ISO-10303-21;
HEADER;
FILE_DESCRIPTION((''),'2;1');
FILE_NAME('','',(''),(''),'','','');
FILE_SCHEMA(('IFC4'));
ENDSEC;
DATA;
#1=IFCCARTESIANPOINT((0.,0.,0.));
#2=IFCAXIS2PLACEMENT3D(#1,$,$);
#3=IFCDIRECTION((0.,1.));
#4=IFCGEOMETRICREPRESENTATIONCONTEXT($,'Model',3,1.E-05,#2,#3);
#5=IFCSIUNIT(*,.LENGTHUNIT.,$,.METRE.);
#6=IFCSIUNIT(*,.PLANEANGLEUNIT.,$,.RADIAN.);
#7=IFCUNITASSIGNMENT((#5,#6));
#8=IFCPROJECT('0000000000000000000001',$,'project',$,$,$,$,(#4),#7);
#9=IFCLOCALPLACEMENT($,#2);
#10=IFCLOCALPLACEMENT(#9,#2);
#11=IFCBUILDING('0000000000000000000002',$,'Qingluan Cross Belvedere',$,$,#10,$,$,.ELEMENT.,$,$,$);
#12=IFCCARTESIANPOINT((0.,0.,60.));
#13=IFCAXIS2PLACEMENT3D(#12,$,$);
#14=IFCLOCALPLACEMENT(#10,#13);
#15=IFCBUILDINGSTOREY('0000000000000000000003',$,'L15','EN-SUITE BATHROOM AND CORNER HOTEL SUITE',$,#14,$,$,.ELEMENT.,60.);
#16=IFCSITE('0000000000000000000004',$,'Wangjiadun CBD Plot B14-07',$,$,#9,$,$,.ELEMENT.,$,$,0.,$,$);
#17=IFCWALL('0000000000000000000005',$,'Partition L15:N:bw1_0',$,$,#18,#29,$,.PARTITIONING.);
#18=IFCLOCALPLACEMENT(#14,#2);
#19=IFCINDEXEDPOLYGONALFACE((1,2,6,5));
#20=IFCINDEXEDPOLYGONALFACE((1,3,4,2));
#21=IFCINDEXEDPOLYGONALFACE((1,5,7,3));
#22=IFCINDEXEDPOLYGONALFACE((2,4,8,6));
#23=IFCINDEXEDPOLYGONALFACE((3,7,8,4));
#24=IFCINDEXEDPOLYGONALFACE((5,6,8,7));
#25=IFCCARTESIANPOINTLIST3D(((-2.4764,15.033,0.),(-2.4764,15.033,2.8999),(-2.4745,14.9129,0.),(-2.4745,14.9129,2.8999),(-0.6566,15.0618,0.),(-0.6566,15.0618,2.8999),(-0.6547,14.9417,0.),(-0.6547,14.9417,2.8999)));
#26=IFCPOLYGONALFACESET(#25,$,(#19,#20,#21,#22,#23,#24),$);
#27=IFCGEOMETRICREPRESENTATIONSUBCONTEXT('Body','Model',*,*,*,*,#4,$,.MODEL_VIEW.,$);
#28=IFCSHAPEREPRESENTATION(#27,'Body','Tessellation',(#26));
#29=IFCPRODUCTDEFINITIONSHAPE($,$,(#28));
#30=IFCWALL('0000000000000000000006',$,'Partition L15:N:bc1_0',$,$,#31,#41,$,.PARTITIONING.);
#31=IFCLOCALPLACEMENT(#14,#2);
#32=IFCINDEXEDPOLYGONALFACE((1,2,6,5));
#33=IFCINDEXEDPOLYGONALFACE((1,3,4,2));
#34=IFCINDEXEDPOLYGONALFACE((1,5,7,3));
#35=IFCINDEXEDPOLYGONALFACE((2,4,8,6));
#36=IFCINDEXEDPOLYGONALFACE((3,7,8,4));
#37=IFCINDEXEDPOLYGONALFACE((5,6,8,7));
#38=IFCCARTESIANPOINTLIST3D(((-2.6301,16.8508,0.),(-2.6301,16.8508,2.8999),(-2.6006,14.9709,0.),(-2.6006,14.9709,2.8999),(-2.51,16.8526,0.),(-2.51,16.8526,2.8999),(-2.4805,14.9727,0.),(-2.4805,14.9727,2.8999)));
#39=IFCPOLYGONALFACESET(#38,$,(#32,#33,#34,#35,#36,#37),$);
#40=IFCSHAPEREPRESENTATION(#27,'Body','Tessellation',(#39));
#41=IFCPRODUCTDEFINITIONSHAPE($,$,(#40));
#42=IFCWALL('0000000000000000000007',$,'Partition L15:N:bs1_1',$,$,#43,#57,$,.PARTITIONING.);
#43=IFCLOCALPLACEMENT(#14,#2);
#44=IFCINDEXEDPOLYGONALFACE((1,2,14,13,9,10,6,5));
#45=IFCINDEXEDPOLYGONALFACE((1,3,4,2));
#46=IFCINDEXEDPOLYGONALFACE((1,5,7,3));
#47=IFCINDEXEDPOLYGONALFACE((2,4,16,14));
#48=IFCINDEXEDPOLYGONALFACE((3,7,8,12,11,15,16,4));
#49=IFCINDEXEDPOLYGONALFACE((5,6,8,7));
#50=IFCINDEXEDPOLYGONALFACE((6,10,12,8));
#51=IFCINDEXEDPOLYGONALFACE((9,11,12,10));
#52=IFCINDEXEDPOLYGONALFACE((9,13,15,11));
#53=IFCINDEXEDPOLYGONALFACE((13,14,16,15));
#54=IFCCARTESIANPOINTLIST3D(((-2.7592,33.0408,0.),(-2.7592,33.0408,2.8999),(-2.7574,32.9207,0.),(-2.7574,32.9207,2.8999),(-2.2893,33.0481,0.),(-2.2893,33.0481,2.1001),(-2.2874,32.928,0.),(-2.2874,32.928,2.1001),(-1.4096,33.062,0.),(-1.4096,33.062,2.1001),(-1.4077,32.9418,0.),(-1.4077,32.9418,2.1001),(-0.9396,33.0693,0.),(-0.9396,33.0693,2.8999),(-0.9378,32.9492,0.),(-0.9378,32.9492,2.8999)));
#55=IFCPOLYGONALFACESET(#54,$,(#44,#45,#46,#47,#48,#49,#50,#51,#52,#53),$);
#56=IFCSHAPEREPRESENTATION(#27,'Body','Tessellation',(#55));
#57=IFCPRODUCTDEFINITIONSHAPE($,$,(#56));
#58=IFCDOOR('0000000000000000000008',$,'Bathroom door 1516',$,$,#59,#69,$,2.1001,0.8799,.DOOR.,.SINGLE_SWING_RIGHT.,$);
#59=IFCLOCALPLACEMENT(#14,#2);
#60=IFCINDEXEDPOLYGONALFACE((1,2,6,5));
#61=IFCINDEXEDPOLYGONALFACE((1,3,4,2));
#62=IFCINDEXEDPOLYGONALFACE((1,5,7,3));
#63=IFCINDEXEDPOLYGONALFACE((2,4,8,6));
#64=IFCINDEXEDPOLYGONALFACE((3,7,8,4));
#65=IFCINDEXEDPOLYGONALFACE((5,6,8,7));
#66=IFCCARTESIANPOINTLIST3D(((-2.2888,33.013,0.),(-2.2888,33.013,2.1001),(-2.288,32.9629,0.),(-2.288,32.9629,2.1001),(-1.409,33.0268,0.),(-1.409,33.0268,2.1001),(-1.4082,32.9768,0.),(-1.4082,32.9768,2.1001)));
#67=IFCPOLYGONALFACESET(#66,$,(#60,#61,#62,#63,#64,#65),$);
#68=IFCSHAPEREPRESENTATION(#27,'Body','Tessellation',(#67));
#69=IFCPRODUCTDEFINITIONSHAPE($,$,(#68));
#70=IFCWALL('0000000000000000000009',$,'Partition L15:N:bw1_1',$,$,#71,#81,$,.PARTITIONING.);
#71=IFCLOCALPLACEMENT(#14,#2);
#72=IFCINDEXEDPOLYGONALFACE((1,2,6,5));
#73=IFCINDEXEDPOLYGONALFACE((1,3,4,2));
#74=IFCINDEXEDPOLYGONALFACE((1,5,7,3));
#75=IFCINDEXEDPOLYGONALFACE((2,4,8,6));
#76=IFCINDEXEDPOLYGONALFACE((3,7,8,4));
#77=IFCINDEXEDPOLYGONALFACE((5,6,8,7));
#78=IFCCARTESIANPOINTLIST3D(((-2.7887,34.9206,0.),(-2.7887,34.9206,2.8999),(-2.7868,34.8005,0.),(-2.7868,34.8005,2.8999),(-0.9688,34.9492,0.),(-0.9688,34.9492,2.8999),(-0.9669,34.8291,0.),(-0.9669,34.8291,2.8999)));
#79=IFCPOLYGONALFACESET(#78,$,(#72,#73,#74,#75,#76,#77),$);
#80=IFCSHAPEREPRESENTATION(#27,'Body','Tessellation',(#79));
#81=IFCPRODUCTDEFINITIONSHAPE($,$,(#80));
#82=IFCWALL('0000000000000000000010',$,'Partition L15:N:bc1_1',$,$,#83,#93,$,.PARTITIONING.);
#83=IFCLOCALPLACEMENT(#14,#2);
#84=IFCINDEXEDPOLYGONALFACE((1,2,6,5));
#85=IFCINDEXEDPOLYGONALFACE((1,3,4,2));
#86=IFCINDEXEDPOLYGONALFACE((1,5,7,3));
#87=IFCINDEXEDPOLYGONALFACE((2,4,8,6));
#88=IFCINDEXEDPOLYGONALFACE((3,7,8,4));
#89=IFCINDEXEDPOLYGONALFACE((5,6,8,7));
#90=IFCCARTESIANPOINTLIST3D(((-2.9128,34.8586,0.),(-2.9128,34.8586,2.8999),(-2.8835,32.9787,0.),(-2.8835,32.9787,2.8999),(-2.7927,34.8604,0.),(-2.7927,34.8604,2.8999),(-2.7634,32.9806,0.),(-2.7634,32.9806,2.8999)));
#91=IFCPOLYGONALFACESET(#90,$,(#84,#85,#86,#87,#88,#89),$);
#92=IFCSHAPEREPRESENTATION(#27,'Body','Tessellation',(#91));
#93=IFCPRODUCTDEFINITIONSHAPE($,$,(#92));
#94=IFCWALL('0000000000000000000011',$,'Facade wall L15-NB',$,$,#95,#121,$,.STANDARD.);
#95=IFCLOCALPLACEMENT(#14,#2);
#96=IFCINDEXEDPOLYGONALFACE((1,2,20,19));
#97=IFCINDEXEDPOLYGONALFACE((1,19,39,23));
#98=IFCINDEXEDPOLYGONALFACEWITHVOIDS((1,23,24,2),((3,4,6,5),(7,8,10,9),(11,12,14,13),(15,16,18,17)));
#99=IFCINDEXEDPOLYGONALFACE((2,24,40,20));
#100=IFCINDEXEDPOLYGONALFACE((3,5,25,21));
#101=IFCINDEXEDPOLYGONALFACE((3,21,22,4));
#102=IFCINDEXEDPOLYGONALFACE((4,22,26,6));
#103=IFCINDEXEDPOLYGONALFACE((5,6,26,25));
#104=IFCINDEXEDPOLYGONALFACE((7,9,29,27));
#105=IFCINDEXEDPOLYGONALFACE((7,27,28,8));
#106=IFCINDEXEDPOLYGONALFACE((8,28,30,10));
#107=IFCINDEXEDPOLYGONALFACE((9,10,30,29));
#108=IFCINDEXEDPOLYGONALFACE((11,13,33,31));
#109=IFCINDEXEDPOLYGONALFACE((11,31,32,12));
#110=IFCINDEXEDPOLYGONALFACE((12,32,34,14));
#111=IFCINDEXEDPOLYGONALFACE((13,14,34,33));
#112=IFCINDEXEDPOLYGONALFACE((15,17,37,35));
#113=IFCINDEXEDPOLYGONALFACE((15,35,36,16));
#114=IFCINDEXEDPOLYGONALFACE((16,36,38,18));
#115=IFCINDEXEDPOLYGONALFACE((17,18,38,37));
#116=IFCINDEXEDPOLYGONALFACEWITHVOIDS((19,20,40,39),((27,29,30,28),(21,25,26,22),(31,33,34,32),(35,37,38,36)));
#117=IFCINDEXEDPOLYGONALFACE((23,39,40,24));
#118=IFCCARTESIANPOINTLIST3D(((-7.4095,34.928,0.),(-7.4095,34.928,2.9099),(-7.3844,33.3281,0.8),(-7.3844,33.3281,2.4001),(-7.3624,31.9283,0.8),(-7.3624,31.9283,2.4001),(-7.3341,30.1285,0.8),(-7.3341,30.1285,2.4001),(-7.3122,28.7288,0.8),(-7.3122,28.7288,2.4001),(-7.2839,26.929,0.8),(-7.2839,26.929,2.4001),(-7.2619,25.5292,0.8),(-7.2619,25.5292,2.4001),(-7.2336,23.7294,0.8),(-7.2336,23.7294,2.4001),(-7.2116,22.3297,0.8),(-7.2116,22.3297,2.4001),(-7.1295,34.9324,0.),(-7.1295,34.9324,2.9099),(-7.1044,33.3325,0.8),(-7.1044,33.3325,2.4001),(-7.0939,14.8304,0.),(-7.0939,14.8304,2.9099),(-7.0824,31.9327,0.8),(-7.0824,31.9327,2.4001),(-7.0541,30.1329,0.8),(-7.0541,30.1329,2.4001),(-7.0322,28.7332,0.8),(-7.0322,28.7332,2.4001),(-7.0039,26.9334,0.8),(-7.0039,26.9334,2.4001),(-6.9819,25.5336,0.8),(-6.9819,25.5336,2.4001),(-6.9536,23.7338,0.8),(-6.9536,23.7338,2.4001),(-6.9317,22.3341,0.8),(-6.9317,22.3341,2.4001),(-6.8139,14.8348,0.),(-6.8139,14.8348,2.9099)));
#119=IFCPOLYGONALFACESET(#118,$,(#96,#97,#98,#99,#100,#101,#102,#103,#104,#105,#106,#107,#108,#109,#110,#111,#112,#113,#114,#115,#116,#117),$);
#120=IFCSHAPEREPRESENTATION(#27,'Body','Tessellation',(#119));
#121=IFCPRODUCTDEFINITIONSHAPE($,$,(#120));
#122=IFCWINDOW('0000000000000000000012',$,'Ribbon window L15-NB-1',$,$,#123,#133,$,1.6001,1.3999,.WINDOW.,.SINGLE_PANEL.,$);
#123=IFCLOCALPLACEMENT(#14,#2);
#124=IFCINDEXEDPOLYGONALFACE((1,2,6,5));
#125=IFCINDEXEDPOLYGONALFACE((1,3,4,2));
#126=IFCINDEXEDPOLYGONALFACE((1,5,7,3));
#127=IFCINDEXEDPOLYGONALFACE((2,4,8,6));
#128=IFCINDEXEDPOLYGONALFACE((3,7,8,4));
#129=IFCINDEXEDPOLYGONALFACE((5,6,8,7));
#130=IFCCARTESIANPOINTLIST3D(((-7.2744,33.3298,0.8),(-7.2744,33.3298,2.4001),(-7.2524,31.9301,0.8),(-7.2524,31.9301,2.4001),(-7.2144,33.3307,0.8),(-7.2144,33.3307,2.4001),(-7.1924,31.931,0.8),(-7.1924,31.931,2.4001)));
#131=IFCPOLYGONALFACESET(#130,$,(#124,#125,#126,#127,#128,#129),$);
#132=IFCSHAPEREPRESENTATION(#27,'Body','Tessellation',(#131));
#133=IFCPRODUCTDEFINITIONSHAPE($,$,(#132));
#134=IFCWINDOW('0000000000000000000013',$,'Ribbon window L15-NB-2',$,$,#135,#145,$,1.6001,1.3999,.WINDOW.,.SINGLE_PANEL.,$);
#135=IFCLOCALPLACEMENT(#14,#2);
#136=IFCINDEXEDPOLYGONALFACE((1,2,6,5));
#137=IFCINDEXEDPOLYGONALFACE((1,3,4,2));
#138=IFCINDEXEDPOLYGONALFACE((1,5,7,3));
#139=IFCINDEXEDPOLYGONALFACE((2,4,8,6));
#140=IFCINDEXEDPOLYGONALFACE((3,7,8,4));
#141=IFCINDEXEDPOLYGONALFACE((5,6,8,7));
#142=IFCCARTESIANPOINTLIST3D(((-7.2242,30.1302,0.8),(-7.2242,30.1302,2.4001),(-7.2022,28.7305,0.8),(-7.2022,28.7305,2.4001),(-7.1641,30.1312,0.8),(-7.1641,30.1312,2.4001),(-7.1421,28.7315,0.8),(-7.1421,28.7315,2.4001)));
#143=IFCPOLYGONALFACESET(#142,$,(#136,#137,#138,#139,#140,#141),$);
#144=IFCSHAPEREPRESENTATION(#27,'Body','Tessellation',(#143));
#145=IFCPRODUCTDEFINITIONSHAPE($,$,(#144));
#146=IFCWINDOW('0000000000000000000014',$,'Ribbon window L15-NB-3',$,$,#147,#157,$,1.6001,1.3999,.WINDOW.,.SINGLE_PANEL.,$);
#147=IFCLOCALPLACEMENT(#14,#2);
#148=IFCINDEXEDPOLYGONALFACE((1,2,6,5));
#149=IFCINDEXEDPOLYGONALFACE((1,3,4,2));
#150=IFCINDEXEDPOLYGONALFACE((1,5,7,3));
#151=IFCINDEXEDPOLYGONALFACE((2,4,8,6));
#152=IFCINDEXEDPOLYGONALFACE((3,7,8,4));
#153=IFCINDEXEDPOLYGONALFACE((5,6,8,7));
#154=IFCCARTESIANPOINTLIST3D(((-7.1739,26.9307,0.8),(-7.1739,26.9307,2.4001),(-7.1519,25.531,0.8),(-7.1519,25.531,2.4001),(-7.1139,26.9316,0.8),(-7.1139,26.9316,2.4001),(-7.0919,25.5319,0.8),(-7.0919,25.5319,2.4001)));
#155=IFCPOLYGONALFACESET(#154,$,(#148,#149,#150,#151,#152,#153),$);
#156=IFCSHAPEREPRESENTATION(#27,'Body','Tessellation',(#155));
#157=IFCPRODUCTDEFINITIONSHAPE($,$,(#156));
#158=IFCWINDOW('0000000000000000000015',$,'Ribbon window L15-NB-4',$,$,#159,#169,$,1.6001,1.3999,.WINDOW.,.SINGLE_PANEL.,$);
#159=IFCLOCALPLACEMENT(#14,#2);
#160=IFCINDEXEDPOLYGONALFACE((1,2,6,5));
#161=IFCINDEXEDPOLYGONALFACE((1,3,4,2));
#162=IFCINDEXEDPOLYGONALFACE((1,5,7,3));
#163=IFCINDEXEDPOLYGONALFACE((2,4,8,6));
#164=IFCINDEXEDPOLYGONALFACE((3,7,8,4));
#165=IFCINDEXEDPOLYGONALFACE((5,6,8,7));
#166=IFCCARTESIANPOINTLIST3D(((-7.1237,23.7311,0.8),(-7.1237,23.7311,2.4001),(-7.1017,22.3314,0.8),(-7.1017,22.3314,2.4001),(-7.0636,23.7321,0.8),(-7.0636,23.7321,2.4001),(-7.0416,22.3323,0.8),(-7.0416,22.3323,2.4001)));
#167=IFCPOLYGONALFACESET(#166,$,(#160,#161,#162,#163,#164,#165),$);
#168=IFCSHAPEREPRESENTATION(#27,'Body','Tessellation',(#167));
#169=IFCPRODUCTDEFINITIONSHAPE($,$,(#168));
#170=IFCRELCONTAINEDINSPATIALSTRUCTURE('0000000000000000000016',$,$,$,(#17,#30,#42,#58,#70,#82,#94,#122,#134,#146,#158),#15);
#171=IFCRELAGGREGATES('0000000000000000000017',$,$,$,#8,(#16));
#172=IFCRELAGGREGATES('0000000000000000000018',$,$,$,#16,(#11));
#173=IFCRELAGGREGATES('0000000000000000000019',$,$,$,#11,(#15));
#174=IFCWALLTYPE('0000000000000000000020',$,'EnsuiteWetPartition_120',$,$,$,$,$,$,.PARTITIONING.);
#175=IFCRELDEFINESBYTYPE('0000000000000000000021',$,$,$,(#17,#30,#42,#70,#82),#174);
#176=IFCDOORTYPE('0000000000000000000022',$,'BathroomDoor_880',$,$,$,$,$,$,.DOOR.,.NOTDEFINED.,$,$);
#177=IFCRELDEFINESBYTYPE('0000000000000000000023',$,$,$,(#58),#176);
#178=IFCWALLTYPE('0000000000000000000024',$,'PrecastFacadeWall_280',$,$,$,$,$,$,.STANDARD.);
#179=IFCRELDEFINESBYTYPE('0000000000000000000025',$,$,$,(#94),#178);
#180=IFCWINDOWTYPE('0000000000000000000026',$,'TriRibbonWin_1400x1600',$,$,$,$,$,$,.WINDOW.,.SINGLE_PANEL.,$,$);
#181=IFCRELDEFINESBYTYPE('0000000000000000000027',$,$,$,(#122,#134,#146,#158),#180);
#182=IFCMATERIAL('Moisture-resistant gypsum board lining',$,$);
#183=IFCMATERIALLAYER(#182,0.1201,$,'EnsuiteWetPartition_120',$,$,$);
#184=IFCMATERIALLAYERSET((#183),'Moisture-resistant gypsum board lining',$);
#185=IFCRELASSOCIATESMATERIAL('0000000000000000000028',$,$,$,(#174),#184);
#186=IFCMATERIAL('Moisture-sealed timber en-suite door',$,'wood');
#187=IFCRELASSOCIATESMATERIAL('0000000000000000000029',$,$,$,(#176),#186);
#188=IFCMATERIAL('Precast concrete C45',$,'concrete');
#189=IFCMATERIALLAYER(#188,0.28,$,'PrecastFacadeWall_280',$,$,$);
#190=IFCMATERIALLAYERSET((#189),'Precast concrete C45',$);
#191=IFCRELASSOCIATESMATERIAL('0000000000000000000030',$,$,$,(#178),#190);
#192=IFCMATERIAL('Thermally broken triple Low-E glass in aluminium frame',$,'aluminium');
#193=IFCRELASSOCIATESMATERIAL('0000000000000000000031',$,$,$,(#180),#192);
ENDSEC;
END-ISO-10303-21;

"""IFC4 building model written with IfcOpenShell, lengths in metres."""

from ifc_helpers import new_model, si_unit, direction, frame, frame_2d, origin, place, context, subcontext, project, spatial, rectangle, extrude, material, layer, layer_set, type_object, element, fill, save


model = new_model("IFC4")

# Units and contexts
model_context = context("Model", 3, precision=1e-05, world=origin(), true_north=direction((0.0, 1.0)))
body_context = subcontext(model_context, "Body", "Model", "MODEL_VIEW")
ifc_project = project(units=[si_unit("LENGTHUNIT", "METRE"), si_unit("PLANEANGLEUNIT", "RADIAN")], contexts=[model_context])

# Site, building, storey
site_placement = place(None, origin())
site = spatial("IfcSite", under=ifc_project, at=site_placement, Name="Wangjiadun CBD Plot B14-07", CompositionType="ELEMENT", RefElevation=0.0)
building_placement = place(site_placement, origin())
building = spatial("IfcBuilding", under=site, at=building_placement, Name="Qingluan Cross Belvedere", CompositionType="ELEMENT")
storey_placement = place(building_placement, frame((0.0, 0.0, 60.0)))
storey = spatial("IfcBuildingStorey", under=building, at=storey_placement, Name="L15", Description="EN-SUITE BATHROOM AND CORNER HOTEL SUITE", CompositionType="ELEMENT", Elevation=60.0)

# Shared definitions
ifc_material_1 = material(Name="Moisture-resistant gypsum board lining")
ifc_layer_1 = layer(ifc_material_1, 0.1201, Name="EnsuiteWetPartition_120")
ifc_layer_set_1 = layer_set([ifc_layer_1], Name="Moisture-resistant gypsum board lining")
wall_type_1 = type_object("IfcWallType", Name="EnsuiteWetPartition_120", PredefinedType="PARTITIONING", material=ifc_layer_set_1)
ifc_material_2 = material(Name="Moisture-sealed timber en-suite door", Category="wood")
door_type = type_object("IfcDoorType", Name="BathroomDoor_880", OperationType="NOTDEFINED", PredefinedType="DOOR", material=ifc_material_2)

# Walls
wall_1_placement = place(storey_placement, frame((-2.4756, 14.9729, 0.0), z_axis=(0.0, 0.0, 1.0), x_axis=(0.999875, 0.015828, 0.0)))
element("IfcWall", 1, at=wall_1_placement, inside=storey, type_object=wall_type_1, Name="Partition L15:N:bw1_0", PredefinedType="PARTITIONING", context=body_context, shape_type="SweptSolid", body=[
    extrude(rectangle(XDim=1.8201, YDim=0.1201, at=frame_2d((0.9102, 0.0))), origin(), (0.0, 0.0, 1.0), 2.8999),
])
wall_2_placement = place(storey_placement, frame((-2.5405, 14.9719, 0.0), z_axis=(0.0, 0.0, 1.0), x_axis=(-0.015712, 0.999877, 0.0)))
element("IfcWall", 2, at=wall_2_placement, inside=storey, type_object=wall_type_1, Name="Partition L15:N:bc1_0", PredefinedType="PARTITIONING", context=body_context, shape_type="SweptSolid", body=[
    extrude(rectangle(XDim=1.8801, YDim=0.1201, at=frame_2d((0.9399, 0.0))), origin(), (0.0, 0.0, 1.0), 2.8999),
])

# Wall, opening, door
wall_3_placement = place(storey_placement, frame((-2.7583, 32.9807, 0.0), z_axis=(0.0, 0.0, 1.0), x_axis=(0.999877, 0.015696, 0.0)))
wall_3 = element("IfcWall", 3, at=wall_3_placement, inside=storey, type_object=wall_type_1, Name="Partition L15:N:bs1_1", PredefinedType="PARTITIONING", context=body_context, shape_type="SweptSolid", body=[
    extrude(rectangle(XDim=1.8198, YDim=0.1201, at=frame_2d((0.9099, 0.0))), origin(), (0.0, 0.0, 1.0), 2.8999),
])
opening_1_placement = place(wall_3_placement, frame((0.47, 0.0, 0.0)))
opening_1 = element("IfcOpeningElement", 4, at=opening_1_placement, cuts=wall_3, PredefinedType="OPENING", context=body_context, shape_type="SweptSolid", body=[
    extrude(rectangle(XDim=0.8799, YDim=2.1001, at=frame_2d((0.4399, 1.05))), frame((0.0, 0.0701, 0.0), z_axis=(0.0, -1.0, 0.0), x_axis=(1.0, 0.0, 0.0)), (0.0, 0.0, 1.0), 0.1401),
])
door_1_placement = place(opening_1_placement, origin())
door_1 = element("IfcDoor", 5, at=door_1_placement, inside=storey, type_object=door_type, Name="Bathroom door 1516", OperationType="SINGLE_SWING_RIGHT", OverallHeight=2.1001, OverallWidth=0.8799, PredefinedType="DOOR", context=body_context, shape_type="SweptSolid", body=[
    extrude(rectangle(XDim=0.8799, YDim=2.1001, at=frame_2d((0.4399, 1.05))), frame((0.0, 0.0249, 0.0), z_axis=(0.0, -1.0, 0.0), x_axis=(1.0, 0.0, 0.0)), (0.0, 0.0, 1.0), 0.05),
])
fill(opening_1, door_1)

# Walls
wall_4_placement = place(storey_placement, frame((-2.7878, 34.8606, 0.0), z_axis=(0.0, 0.0, 1.0), x_axis=(0.999877, 0.015694, 0.0)))
element("IfcWall", 6, at=wall_4_placement, inside=storey, type_object=wall_type_1, Name="Partition L15:N:bw1_1", PredefinedType="PARTITIONING", context=body_context, shape_type="SweptSolid", body=[
    extrude(rectangle(XDim=1.8201, YDim=0.1201, at=frame_2d((0.9102, 0.0))), origin(), (0.0, 0.0, 1.0), 2.8999),
])
wall_5_placement = place(storey_placement, frame((-2.8235, 32.9797, 0.0), z_axis=(0.0, 0.0, 1.0), x_axis=(-0.015583, 0.999879, 0.0)))
element("IfcWall", 7, at=wall_5_placement, inside=storey, type_object=wall_type_1, Name="Partition L15:N:bc1_1", PredefinedType="PARTITIONING", context=body_context, shape_type="SweptSolid", body=[
    extrude(rectangle(XDim=1.8801, YDim=0.1201, at=frame_2d((0.9399, 0.0))), origin(), (0.0, 0.0, 1.0), 2.8999),
])

# Wall, openings, windows
ifc_material_3 = material(Name="Precast concrete C45", Category="concrete")
ifc_layer_2 = layer(ifc_material_3, 0.28, Name="PrecastFacadeWall_280")
ifc_layer_set_2 = layer_set([ifc_layer_2], Name="Precast concrete C45")
wall_type_2 = type_object("IfcWallType", Name="PrecastFacadeWall_280", PredefinedType="STANDARD", material=ifc_layer_set_2)
wall_6_placement = place(storey_placement, frame((-7.2695, 34.9302, 0.0), z_axis=(0.0, 0.0, 1.0), x_axis=(0.015705, -0.999877, 0.0)))
wall_6 = element("IfcWall", 8, at=wall_6_placement, inside=storey, type_object=wall_type_2, Name="Facade wall L15-NB", PredefinedType="STANDARD", context=body_context, shape_type="SweptSolid", body=[
    extrude(rectangle(XDim=20.1001, YDim=0.28, at=frame_2d((10.05, 0.0))), origin(), (0.0, 0.0, 1.0), 2.9099),
])
opening_2_placement = place(wall_6_placement, frame((1.6001, 0.0, 0.8)))
opening_2 = element("IfcOpeningElement", 9, at=opening_2_placement, cuts=wall_6, PredefinedType="OPENING", context=body_context, shape_type="SweptSolid", body=[
    extrude(rectangle(XDim=1.3999, YDim=1.6001, at=frame_2d((0.7, 0.8))), frame((0.0, 0.1499, 0.0), z_axis=(0.0, -1.0, 0.0), x_axis=(1.0, 0.0, 0.0)), (0.0, 0.0, 1.0), 0.3),
])
opening_3_placement = place(wall_6_placement, frame((4.8, 0.0, 0.8)))
opening_3 = element("IfcOpeningElement", 10, at=opening_3_placement, cuts=wall_6, PredefinedType="OPENING", context=body_context, shape_type="SweptSolid", body=[
    extrude(rectangle(XDim=1.3999, YDim=1.6001, at=frame_2d((0.7, 0.8))), frame((0.0, 0.1499, 0.0), z_axis=(0.0, -1.0, 0.0), x_axis=(1.0, 0.0, 0.0)), (0.0, 0.0, 1.0), 0.3),
])
opening_4_placement = place(wall_6_placement, frame((8.0, 0.0, 0.8)))
opening_4 = element("IfcOpeningElement", 11, at=opening_4_placement, cuts=wall_6, PredefinedType="OPENING", context=body_context, shape_type="SweptSolid", body=[
    extrude(rectangle(XDim=1.3999, YDim=1.6001, at=frame_2d((0.7, 0.8))), frame((0.0, 0.1499, 0.0), z_axis=(0.0, -1.0, 0.0), x_axis=(1.0, 0.0, 0.0)), (0.0, 0.0, 1.0), 0.3),
])
opening_5_placement = place(wall_6_placement, frame((11.2, 0.0, 0.8)))
opening_5 = element("IfcOpeningElement", 12, at=opening_5_placement, cuts=wall_6, PredefinedType="OPENING", context=body_context, shape_type="SweptSolid", body=[
    extrude(rectangle(XDim=1.3999, YDim=1.6001, at=frame_2d((0.7, 0.8))), frame((0.0, 0.1499, 0.0), z_axis=(0.0, -1.0, 0.0), x_axis=(1.0, 0.0, 0.0)), (0.0, 0.0, 1.0), 0.3),
])
ifc_material_4 = material(Name="Thermally broken triple Low-E glass in aluminium frame", Category="aluminium")
window_type = type_object("IfcWindowType", Name="TriRibbonWin_1400x1600", PartitioningType="SINGLE_PANEL", PredefinedType="WINDOW", material=ifc_material_4)
window_1_placement = place(opening_2_placement, origin())
window_1 = element("IfcWindow", 13, at=window_1_placement, inside=storey, type_object=window_type, Name="Ribbon window L15-NB-1", OverallHeight=1.6001, OverallWidth=1.3999, PartitioningType="SINGLE_PANEL", PredefinedType="WINDOW", context=body_context, shape_type="SweptSolid", body=[
    extrude(rectangle(XDim=1.3999, YDim=1.6001, at=frame_2d((0.7, 0.8))), frame((0.0, 0.03, 0.0), z_axis=(0.0, -1.0, 0.0), x_axis=(1.0, 0.0, 0.0)), (0.0, 0.0, 1.0), 0.0601),
])
fill(opening_2, window_1)
window_2_placement = place(opening_3_placement, origin())
window_2 = element("IfcWindow", 14, at=window_2_placement, inside=storey, type_object=window_type, Name="Ribbon window L15-NB-2", OverallHeight=1.6001, OverallWidth=1.3999, PartitioningType="SINGLE_PANEL", PredefinedType="WINDOW", context=body_context, shape_type="SweptSolid", body=[
    extrude(rectangle(XDim=1.3999, YDim=1.6001, at=frame_2d((0.7, 0.8))), frame((0.0, 0.03, 0.0), z_axis=(0.0, -1.0, 0.0), x_axis=(1.0, 0.0, 0.0)), (0.0, 0.0, 1.0), 0.0601),
])
fill(opening_3, window_2)
window_3_placement = place(opening_4_placement, origin())
window_3 = element("IfcWindow", 15, at=window_3_placement, inside=storey, type_object=window_type, Name="Ribbon window L15-NB-3", OverallHeight=1.6001, OverallWidth=1.3999, PartitioningType="SINGLE_PANEL", PredefinedType="WINDOW", context=body_context, shape_type="SweptSolid", body=[
    extrude(rectangle(XDim=1.3999, YDim=1.6001, at=frame_2d((0.7, 0.8))), frame((0.0, 0.03, 0.0), z_axis=(0.0, -1.0, 0.0), x_axis=(1.0, 0.0, 0.0)), (0.0, 0.0, 1.0), 0.0601),
])
fill(opening_4, window_3)
window_4_placement = place(opening_5_placement, origin())
window_4 = element("IfcWindow", 16, at=window_4_placement, inside=storey, type_object=window_type, Name="Ribbon window L15-NB-4", OverallHeight=1.6001, OverallWidth=1.3999, PartitioningType="SINGLE_PANEL", PredefinedType="WINDOW", context=body_context, shape_type="SweptSolid", body=[
    extrude(rectangle(XDim=1.3999, YDim=1.6001, at=frame_2d((0.7, 0.8))), frame((0.0, 0.03, 0.0), z_axis=(0.0, -1.0, 0.0), x_axis=(1.0, 0.0, 0.0)), (0.0, 0.0, 1.0), 0.0601),
])
fill(opening_5, window_4)

save(model, "model.ifc")
